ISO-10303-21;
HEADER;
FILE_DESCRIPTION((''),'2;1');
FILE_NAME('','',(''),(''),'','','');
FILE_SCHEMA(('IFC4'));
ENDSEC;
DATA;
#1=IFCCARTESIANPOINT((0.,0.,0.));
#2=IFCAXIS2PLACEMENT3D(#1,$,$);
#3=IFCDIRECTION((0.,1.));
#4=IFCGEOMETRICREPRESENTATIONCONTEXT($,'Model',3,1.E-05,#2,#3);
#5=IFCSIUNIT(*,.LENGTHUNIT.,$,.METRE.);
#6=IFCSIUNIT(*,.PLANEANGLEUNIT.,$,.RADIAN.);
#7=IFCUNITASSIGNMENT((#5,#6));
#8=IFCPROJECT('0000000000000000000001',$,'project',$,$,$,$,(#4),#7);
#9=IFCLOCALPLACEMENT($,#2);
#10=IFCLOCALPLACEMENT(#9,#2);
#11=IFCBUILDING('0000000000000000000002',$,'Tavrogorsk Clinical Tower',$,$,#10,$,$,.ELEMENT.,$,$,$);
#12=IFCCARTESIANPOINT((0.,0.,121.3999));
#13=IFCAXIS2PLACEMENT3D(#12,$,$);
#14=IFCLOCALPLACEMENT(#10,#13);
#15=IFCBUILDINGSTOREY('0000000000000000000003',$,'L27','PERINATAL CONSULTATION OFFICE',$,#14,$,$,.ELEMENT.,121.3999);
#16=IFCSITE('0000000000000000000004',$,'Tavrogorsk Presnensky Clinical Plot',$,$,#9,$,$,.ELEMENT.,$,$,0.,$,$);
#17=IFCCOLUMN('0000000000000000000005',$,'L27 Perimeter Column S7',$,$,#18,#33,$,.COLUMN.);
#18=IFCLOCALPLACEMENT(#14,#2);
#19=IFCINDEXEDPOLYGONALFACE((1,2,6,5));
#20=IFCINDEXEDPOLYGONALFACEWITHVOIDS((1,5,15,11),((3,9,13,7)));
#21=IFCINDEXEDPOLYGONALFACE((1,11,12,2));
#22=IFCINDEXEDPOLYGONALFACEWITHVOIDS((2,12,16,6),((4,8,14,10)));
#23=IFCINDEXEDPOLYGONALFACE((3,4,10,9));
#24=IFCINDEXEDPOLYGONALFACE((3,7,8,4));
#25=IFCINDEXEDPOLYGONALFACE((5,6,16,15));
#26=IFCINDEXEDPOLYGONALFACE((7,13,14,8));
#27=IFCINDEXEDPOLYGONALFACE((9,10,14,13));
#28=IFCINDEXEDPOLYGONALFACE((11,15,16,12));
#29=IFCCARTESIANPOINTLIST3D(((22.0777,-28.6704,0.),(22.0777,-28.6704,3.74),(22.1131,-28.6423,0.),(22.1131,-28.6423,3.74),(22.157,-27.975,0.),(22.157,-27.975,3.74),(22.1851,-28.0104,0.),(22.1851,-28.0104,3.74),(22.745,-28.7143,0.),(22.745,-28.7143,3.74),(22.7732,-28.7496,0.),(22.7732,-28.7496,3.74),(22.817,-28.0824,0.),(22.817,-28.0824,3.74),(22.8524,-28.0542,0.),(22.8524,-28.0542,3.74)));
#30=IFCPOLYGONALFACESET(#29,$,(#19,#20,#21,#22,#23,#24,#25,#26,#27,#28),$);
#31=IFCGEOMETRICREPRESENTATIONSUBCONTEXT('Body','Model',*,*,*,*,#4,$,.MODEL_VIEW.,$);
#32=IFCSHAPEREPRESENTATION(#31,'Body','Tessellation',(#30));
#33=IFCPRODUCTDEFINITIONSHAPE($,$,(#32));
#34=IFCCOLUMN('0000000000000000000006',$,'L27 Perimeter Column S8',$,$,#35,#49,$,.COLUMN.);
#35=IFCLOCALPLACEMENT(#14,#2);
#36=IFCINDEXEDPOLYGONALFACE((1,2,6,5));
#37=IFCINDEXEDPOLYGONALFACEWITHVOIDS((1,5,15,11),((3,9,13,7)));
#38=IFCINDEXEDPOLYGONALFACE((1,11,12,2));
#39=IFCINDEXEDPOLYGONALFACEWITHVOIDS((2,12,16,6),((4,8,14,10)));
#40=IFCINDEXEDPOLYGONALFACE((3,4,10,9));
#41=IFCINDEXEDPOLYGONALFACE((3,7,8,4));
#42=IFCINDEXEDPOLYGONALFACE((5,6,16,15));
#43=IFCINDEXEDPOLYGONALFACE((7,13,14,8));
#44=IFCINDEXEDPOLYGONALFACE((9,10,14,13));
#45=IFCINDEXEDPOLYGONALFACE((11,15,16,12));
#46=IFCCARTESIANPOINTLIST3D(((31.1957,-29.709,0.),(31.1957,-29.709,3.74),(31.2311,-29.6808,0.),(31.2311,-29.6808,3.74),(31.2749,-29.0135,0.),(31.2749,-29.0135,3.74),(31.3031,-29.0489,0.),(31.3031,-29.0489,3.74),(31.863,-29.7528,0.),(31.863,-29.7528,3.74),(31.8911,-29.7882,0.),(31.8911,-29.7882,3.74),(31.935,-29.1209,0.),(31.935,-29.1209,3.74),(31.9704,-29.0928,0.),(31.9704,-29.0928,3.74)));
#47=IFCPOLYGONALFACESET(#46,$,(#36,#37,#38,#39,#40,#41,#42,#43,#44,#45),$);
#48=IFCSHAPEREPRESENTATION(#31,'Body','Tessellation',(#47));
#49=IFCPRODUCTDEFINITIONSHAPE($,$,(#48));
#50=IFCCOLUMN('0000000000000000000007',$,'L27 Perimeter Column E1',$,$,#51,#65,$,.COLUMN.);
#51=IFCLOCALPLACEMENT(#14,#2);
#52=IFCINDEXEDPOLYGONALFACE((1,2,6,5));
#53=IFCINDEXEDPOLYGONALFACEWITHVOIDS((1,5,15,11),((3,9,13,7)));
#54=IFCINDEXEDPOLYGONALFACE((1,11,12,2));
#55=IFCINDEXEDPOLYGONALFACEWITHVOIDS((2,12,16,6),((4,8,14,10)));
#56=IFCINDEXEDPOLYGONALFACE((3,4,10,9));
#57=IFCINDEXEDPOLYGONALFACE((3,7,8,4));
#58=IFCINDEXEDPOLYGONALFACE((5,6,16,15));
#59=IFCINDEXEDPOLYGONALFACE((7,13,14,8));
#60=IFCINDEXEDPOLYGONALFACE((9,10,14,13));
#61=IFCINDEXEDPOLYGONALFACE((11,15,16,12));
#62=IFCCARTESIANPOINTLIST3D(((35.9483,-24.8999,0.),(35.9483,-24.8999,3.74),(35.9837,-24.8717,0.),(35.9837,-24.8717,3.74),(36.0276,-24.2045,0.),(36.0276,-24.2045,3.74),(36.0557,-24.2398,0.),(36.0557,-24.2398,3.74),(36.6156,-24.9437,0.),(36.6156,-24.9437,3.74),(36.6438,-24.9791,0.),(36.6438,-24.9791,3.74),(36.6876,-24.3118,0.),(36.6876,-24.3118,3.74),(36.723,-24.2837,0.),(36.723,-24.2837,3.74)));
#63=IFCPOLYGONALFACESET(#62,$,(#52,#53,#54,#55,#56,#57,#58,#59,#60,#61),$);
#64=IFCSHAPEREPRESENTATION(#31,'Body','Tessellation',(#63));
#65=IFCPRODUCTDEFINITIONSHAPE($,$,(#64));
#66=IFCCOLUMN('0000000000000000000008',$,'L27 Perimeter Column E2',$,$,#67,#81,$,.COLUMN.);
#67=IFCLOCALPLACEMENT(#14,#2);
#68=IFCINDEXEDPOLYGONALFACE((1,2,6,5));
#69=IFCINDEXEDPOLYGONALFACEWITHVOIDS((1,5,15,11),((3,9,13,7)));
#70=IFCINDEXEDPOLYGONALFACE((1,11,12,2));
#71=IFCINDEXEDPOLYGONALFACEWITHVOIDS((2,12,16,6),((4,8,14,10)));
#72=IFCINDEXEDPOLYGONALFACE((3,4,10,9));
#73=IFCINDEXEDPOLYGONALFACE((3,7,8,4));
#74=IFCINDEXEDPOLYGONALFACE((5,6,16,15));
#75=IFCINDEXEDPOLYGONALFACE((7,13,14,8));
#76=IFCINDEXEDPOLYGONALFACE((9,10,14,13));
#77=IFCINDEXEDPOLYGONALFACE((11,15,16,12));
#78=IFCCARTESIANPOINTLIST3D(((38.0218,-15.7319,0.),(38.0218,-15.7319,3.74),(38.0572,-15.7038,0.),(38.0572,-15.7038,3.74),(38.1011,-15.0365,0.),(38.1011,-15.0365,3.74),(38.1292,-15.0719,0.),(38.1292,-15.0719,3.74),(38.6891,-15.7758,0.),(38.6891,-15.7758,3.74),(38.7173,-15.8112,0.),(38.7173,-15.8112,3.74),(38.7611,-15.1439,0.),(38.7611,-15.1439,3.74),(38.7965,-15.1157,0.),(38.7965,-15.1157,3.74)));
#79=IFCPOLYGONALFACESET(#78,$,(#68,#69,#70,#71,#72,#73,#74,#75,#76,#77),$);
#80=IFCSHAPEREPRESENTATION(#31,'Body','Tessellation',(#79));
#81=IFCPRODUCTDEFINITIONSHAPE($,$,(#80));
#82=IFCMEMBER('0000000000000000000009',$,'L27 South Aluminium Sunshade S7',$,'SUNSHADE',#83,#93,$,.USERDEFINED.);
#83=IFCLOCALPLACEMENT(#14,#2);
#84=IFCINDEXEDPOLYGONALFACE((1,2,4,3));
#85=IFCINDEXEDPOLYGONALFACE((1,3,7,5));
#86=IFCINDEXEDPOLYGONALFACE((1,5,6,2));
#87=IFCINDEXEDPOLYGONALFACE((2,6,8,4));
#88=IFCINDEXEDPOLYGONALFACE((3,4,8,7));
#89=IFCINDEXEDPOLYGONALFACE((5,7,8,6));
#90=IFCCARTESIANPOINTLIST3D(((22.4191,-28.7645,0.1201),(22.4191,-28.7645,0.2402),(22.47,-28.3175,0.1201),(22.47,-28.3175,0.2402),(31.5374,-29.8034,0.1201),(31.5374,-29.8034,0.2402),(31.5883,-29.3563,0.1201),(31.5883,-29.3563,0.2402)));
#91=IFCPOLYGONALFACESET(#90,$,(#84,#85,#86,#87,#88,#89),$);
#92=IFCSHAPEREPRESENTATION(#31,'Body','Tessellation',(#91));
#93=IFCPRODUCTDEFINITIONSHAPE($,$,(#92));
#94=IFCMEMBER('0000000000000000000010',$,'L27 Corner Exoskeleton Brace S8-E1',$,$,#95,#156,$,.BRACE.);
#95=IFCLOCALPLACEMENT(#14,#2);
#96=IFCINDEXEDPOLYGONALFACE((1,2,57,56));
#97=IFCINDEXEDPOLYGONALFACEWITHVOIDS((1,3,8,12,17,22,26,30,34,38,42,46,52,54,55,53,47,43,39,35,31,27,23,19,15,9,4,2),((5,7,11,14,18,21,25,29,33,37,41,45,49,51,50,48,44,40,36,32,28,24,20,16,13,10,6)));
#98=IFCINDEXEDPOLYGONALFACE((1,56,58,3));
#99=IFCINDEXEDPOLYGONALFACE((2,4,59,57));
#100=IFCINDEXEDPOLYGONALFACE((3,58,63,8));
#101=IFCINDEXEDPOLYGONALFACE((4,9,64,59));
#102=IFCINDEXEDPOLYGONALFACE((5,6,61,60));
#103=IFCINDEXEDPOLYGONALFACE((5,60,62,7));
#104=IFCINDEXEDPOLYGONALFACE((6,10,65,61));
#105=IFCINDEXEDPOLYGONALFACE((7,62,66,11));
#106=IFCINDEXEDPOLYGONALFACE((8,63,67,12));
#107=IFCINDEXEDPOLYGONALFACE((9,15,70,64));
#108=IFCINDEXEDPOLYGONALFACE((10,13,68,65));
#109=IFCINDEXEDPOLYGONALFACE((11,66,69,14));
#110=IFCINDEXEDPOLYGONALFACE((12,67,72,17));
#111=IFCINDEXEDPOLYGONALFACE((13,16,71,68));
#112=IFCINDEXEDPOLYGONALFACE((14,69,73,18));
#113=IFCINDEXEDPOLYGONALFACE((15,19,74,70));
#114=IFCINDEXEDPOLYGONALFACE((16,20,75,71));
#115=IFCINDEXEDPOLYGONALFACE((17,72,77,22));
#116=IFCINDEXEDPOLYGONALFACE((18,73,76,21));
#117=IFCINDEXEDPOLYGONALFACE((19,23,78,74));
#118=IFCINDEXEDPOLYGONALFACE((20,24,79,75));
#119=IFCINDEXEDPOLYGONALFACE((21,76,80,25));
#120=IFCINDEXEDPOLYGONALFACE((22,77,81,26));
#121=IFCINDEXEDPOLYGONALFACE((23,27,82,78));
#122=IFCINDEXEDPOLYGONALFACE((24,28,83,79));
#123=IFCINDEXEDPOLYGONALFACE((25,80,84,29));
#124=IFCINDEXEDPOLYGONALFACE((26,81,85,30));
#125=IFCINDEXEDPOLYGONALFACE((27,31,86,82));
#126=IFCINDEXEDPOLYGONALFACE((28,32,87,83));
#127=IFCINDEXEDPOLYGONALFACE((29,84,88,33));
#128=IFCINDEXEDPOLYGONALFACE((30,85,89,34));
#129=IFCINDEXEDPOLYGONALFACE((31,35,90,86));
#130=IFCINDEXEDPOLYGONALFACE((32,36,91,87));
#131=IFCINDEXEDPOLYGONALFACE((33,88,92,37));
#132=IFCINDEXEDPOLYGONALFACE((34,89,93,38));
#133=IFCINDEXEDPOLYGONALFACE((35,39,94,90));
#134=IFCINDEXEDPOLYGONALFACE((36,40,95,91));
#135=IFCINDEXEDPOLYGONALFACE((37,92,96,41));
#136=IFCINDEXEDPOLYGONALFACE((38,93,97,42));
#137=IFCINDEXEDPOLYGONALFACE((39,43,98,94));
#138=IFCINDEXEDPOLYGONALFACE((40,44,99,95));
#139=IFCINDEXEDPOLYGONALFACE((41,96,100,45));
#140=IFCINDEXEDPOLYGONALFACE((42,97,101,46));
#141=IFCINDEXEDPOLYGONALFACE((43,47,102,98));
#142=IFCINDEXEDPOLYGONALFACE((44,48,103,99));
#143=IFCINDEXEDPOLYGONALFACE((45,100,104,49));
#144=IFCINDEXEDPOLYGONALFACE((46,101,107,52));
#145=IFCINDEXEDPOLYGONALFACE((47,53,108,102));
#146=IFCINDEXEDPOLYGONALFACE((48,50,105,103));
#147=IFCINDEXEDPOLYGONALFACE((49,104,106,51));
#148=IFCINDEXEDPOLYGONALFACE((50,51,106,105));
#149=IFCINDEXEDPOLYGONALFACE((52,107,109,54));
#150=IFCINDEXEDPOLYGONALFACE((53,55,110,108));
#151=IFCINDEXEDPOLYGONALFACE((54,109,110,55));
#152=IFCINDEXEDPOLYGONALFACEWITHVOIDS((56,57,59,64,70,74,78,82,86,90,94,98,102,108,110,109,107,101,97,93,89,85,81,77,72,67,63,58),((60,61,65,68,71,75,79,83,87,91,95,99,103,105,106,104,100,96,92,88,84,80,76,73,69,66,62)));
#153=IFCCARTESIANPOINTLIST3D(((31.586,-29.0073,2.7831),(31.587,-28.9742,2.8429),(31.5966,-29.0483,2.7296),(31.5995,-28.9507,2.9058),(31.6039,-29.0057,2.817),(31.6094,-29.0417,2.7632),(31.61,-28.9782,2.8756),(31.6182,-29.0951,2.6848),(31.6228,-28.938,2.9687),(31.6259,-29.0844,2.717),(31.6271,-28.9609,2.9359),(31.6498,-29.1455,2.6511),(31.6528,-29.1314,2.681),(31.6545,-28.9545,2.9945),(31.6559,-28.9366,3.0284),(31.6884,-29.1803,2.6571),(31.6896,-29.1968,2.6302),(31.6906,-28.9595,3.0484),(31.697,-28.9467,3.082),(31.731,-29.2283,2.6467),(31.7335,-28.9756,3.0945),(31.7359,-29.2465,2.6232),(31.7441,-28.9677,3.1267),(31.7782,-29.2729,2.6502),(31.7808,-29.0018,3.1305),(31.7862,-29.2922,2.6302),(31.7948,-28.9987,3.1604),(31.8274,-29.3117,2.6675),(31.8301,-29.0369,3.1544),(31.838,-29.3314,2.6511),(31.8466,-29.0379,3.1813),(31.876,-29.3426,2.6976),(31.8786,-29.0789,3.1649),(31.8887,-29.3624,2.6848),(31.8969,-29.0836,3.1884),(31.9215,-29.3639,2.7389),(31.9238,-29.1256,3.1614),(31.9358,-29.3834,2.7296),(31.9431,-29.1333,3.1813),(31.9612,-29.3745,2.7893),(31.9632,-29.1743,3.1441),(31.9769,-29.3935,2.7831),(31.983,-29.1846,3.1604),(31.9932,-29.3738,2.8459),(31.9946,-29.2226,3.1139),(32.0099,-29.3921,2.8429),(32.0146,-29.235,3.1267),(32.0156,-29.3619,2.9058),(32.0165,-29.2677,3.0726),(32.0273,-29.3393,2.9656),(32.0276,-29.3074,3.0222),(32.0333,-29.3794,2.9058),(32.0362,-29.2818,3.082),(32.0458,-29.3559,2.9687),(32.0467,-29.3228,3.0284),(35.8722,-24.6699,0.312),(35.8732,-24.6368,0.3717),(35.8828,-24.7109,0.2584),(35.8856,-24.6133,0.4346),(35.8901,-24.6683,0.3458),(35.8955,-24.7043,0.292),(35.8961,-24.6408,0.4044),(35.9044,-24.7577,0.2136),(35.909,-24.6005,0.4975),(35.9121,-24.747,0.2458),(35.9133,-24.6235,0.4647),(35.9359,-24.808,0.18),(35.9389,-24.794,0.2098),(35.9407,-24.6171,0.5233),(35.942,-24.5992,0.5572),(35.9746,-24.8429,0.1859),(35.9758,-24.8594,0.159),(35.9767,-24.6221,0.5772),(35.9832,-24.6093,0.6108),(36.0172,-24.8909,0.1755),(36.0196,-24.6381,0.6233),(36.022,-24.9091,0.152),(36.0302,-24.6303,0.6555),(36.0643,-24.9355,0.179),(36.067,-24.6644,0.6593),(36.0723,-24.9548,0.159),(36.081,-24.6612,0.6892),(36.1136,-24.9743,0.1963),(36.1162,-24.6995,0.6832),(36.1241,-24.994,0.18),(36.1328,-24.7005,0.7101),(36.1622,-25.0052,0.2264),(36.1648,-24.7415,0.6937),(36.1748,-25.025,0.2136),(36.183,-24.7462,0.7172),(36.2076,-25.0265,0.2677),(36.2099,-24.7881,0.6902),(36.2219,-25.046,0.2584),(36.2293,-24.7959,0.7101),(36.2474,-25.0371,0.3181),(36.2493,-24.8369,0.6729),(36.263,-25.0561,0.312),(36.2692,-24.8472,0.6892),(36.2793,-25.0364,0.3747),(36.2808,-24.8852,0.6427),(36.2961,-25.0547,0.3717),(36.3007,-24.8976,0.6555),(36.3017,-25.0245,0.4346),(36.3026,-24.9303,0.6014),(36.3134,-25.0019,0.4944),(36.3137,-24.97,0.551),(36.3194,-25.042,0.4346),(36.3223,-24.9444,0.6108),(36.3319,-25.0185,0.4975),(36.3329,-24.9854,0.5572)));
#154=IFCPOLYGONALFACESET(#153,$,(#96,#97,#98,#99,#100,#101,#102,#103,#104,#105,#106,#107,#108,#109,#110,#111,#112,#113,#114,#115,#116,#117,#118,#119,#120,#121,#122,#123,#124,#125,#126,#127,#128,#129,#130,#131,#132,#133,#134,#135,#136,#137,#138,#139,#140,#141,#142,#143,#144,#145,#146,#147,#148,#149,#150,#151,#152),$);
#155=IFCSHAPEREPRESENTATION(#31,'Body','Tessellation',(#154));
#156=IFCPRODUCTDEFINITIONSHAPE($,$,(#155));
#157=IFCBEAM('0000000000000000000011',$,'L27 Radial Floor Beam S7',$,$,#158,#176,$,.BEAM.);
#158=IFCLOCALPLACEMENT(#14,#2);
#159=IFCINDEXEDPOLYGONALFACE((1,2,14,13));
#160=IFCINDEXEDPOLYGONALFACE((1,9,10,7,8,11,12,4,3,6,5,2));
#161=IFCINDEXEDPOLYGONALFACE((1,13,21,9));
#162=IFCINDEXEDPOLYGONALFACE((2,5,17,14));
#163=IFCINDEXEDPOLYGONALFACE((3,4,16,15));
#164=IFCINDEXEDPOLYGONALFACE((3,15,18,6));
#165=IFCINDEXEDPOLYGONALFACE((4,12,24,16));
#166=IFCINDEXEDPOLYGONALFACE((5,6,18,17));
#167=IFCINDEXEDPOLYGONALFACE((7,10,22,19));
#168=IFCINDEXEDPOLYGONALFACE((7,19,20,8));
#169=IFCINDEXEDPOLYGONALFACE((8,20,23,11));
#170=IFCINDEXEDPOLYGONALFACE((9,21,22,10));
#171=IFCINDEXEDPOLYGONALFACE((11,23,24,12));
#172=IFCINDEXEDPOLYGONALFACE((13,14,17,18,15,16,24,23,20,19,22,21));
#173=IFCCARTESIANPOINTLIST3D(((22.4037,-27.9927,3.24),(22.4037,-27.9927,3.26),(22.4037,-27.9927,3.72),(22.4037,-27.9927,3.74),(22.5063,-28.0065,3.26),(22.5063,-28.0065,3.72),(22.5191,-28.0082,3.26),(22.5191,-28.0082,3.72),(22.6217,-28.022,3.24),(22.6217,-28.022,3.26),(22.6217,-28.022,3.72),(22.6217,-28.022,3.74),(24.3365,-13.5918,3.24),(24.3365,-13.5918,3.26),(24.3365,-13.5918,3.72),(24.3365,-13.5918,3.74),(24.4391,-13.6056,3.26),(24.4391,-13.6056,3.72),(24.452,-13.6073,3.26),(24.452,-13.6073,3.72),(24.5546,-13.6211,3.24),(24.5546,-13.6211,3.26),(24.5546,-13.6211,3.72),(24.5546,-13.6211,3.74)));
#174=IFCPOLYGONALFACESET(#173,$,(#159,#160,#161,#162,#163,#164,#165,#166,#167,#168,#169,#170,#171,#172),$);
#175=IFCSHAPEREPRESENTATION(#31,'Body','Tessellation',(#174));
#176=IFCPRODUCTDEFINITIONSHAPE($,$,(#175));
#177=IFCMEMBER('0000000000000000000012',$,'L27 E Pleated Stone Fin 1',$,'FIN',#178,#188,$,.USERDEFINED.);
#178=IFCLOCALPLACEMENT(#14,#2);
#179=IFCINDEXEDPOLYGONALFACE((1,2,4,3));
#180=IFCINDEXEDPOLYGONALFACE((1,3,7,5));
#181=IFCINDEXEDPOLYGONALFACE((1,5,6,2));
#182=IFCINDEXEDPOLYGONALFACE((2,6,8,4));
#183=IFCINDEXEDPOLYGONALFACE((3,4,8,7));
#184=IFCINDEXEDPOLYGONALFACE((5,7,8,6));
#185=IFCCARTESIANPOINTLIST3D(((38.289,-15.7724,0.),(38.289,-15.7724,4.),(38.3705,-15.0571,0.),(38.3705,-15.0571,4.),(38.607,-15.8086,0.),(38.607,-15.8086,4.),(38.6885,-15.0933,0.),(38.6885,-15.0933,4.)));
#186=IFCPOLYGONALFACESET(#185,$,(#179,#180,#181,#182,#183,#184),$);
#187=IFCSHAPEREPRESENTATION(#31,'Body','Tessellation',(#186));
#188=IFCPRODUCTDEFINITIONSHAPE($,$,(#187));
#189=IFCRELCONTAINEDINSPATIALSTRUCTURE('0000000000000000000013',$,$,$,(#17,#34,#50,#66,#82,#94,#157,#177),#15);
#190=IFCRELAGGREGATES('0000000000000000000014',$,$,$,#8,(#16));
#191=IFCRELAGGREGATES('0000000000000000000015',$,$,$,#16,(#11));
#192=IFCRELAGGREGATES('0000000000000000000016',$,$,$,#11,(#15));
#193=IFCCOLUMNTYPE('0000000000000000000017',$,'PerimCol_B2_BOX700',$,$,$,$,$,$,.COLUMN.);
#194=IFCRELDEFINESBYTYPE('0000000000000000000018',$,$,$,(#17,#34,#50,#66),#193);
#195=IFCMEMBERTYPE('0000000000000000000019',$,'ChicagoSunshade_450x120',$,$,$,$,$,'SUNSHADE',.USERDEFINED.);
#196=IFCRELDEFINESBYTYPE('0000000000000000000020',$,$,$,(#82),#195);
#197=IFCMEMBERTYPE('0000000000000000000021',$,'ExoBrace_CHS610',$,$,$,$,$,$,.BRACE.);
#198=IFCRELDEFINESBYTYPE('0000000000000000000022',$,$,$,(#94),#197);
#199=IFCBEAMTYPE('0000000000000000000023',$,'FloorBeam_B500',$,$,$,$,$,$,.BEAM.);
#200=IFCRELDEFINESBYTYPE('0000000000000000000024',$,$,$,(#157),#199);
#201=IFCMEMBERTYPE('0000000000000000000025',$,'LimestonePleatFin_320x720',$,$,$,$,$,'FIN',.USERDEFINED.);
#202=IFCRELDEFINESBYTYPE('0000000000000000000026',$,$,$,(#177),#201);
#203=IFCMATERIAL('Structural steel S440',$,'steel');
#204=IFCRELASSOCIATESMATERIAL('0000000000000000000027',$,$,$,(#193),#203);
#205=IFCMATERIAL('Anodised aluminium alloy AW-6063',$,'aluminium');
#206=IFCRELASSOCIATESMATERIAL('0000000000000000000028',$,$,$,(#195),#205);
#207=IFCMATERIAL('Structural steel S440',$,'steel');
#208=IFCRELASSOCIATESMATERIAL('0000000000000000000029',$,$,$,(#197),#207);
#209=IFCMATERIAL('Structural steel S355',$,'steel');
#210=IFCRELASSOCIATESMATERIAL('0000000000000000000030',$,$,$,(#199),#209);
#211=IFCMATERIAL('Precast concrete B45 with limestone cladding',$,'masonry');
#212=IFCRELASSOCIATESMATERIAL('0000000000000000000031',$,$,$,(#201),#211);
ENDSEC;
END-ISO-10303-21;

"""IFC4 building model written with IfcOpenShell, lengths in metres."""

from ifc_helpers import new_model, si_unit, direction, frame, origin, origin_2d, place, context, subcontext, project, spatial, rectangle, hollow_rectangle, hollow_circle, i_section, extrude, material, material_profile, profile_set, type_object, element, save


model = new_model("IFC4")

# Units and contexts
model_context = context("Model", 3, precision=1e-05, world=origin(), true_north=direction((0.0, 1.0)))
body_context = subcontext(model_context, "Body", "Model", "MODEL_VIEW")
ifc_project = project(units=[si_unit("LENGTHUNIT", "METRE"), si_unit("PLANEANGLEUNIT", "RADIAN")], contexts=[model_context])

# Site, building, storey
site_placement = place(None, origin())
site = spatial("IfcSite", under=ifc_project, at=site_placement, Name="Tavrogorsk Presnensky Clinical Plot", CompositionType="ELEMENT", RefElevation=0.0)
building_placement = place(site_placement, origin())
building = spatial("IfcBuilding", under=site, at=building_placement, Name="Tavrogorsk Clinical Tower", CompositionType="ELEMENT")
storey_placement = place(building_placement, frame((0.0, 0.0, 121.3999)))
storey = spatial("IfcBuildingStorey", under=building, at=storey_placement, Name="L27", Description="PERINATAL CONSULTATION OFFICE", CompositionType="ELEMENT", Elevation=121.3999)

# Columns
ifc_material_1 = material(Name="Structural steel S440", Category="steel")
ifc_material_profile_1 = material_profile(ifc_material_1, hollow_rectangle(XDim=0.7, YDim=0.7, WallThickness=0.032, at=origin_2d()), Name="BOX-700x700x32")
ifc_profile_set_1 = profile_set([ifc_material_profile_1], Name="Structural steel S440")
column_type = type_object("IfcColumnType", Name="PerimCol_B2_BOX700", PredefinedType="COLUMN", material=ifc_profile_set_1)
for number, where, z_axis, x_axis, name in (
    (1, (22.4651, -28.3623, 0.0), (0.0, 0.0, 1.0), (0.993572, -0.113203, 0.0), "L27 Perimeter Column S7"),
    (2, (31.583, -29.4009, 0.0), (0.0, 0.0, 1.0), (0.993572, -0.113203, 0.0), "L27 Perimeter Column S8"),
    (3, (36.3357, -24.5918, 0.0), (0.0, 0.0, 1.0), (0.993572, -0.113203, 0.0), "L27 Perimeter Column E1"),
    (4, (38.4092, -15.4238, 0.0), (0.0, 0.0, 1.0), (0.993572, -0.113203, 0.0), "L27 Perimeter Column E2"),
):
    element("IfcColumn", number, at=place(storey_placement, frame(where, z_axis=z_axis, x_axis=x_axis)), inside=storey, type_object=column_type, Name=name, PredefinedType="COLUMN", context=body_context, shape_type="SweptSolid", body=[
        extrude(hollow_rectangle(XDim=0.7, YDim=0.7, WallThickness=0.032, at=origin_2d()), origin(), (0.0, 0.0, 1.0), 3.74),
    ])

# Members
ifc_material_2 = material(Name="Anodised aluminium alloy AW-6063", Category="aluminium")
ifc_material_profile_2 = material_profile(ifc_material_2, rectangle(XDim=0.45, YDim=0.1201, at=origin_2d()), Name="ALU-SUNSHADE-450x120")
ifc_profile_set_2 = profile_set([ifc_material_profile_2], Name="Anodised aluminium alloy AW-6063")
member_type_1 = type_object("IfcMemberType", Name="ChicagoSunshade_450x120", ElementType="SUNSHADE", PredefinedType="USERDEFINED", material=ifc_profile_set_2)
member_1_placement = place(storey_placement, frame((22.4446, -28.541, 0.1802), z_axis=(0.993573, -0.113196, 0.0), x_axis=(0.113196, 0.993573, 0.0)))
element("IfcMember", 5, at=member_1_placement, inside=storey, type_object=member_type_1, Name="L27 South Aluminium Sunshade S7", ObjectType="SUNSHADE", PredefinedType="USERDEFINED", context=body_context, shape_type="SweptSolid", body=[
    extrude(rectangle(XDim=0.45, YDim=0.1201, at=origin_2d()), origin(), (0.0, 0.0, 1.0), 9.1772),
])
ifc_material_3 = material(Name="Structural steel S440", Category="steel")
ifc_material_profile_3 = material_profile(ifc_material_3, hollow_circle(Radius=0.3049, WallThickness=0.0249, at=origin_2d()), Name="CHS-610x25")
ifc_profile_set_3 = profile_set([ifc_material_profile_3], Name="Structural steel S440")
member_type_2 = type_object("IfcMemberType", Name="ExoBrace_CHS610", PredefinedType="BRACE", material=ifc_profile_set_3)
member_2_placement = place(storey_placement, frame((36.1025, -24.8276, 0.4346), z_axis=(-0.65143, -0.659222, 0.375585), x_axis=(0.711298, -0.70289, 0.0)))
element("IfcMember", 6, at=member_2_placement, inside=storey, type_object=member_type_2, Name="L27 Corner Exoskeleton Brace S8-E1", PredefinedType="BRACE", context=body_context, shape_type="SweptSolid", body=[
    extrude(hollow_circle(Radius=0.3049, WallThickness=0.0249, at=origin_2d()), origin(), (0.0, 0.0, 1.0), 6.5796),
])

# Beam
ifc_material_4 = material(Name="Structural steel S355", Category="steel")
ifc_material_profile_4 = material_profile(ifc_material_4, i_section(OverallWidth=0.22, OverallDepth=0.5, WebThickness=0.0129, FlangeThickness=0.02, at=origin_2d()), Name="B-500x220x13x20")
ifc_profile_set_4 = profile_set([ifc_material_profile_4], Name="Structural steel S355")
beam_type_1 = type_object("IfcBeamType", Name="FloorBeam_B500", PredefinedType="BEAM", material=ifc_profile_set_4)
beam_1_placement = place(storey_placement, frame((24.4456, -13.6064, 3.49), z_axis=(-0.133025, -0.991113, 0.0), x_axis=(0.991113, -0.133025, 0.0)))
element("IfcBeam", 7, at=beam_1_placement, inside=storey, type_object=beam_type_1, Name="L27 Radial Floor Beam S7", PredefinedType="BEAM", context=body_context, shape_type="SweptSolid", body=[
    extrude(i_section(OverallWidth=0.22, OverallDepth=0.5, WebThickness=0.0129, FlangeThickness=0.02, at=origin_2d()), origin(), (0.0, 0.0, 1.0), 14.53),
])

# Member
ifc_material_5 = material(Name="Precast concrete B45 with limestone cladding", Category="masonry")
ifc_material_profile_5 = material_profile(ifc_material_5, rectangle(XDim=0.3201, YDim=0.72, at=origin_2d()), Name="LIMESTONE-FIN-320x720")
ifc_profile_set_5 = profile_set([ifc_material_profile_5], Name="Precast concrete B45 with limestone cladding")
member_type_3 = type_object("IfcMemberType", Name="LimestonePleatFin_320x720", ElementType="FIN", PredefinedType="USERDEFINED", material=ifc_profile_set_5)
member_3_placement = place(storey_placement, frame((38.4888, -15.4329, 0.0), z_axis=(0.0, 0.0, 1.0), x_axis=(0.993572, -0.113203, 0.0)))
element("IfcMember", 8, at=member_3_placement, inside=storey, type_object=member_type_3, Name="L27 E Pleated Stone Fin 1", ObjectType="FIN", PredefinedType="USERDEFINED", context=body_context, shape_type="SweptSolid", body=[
    extrude(rectangle(XDim=0.3201, YDim=0.72, at=origin_2d()), origin(), (0.0, 0.0, 1.0), 4.0),
])

save(model, "model.ifc")
